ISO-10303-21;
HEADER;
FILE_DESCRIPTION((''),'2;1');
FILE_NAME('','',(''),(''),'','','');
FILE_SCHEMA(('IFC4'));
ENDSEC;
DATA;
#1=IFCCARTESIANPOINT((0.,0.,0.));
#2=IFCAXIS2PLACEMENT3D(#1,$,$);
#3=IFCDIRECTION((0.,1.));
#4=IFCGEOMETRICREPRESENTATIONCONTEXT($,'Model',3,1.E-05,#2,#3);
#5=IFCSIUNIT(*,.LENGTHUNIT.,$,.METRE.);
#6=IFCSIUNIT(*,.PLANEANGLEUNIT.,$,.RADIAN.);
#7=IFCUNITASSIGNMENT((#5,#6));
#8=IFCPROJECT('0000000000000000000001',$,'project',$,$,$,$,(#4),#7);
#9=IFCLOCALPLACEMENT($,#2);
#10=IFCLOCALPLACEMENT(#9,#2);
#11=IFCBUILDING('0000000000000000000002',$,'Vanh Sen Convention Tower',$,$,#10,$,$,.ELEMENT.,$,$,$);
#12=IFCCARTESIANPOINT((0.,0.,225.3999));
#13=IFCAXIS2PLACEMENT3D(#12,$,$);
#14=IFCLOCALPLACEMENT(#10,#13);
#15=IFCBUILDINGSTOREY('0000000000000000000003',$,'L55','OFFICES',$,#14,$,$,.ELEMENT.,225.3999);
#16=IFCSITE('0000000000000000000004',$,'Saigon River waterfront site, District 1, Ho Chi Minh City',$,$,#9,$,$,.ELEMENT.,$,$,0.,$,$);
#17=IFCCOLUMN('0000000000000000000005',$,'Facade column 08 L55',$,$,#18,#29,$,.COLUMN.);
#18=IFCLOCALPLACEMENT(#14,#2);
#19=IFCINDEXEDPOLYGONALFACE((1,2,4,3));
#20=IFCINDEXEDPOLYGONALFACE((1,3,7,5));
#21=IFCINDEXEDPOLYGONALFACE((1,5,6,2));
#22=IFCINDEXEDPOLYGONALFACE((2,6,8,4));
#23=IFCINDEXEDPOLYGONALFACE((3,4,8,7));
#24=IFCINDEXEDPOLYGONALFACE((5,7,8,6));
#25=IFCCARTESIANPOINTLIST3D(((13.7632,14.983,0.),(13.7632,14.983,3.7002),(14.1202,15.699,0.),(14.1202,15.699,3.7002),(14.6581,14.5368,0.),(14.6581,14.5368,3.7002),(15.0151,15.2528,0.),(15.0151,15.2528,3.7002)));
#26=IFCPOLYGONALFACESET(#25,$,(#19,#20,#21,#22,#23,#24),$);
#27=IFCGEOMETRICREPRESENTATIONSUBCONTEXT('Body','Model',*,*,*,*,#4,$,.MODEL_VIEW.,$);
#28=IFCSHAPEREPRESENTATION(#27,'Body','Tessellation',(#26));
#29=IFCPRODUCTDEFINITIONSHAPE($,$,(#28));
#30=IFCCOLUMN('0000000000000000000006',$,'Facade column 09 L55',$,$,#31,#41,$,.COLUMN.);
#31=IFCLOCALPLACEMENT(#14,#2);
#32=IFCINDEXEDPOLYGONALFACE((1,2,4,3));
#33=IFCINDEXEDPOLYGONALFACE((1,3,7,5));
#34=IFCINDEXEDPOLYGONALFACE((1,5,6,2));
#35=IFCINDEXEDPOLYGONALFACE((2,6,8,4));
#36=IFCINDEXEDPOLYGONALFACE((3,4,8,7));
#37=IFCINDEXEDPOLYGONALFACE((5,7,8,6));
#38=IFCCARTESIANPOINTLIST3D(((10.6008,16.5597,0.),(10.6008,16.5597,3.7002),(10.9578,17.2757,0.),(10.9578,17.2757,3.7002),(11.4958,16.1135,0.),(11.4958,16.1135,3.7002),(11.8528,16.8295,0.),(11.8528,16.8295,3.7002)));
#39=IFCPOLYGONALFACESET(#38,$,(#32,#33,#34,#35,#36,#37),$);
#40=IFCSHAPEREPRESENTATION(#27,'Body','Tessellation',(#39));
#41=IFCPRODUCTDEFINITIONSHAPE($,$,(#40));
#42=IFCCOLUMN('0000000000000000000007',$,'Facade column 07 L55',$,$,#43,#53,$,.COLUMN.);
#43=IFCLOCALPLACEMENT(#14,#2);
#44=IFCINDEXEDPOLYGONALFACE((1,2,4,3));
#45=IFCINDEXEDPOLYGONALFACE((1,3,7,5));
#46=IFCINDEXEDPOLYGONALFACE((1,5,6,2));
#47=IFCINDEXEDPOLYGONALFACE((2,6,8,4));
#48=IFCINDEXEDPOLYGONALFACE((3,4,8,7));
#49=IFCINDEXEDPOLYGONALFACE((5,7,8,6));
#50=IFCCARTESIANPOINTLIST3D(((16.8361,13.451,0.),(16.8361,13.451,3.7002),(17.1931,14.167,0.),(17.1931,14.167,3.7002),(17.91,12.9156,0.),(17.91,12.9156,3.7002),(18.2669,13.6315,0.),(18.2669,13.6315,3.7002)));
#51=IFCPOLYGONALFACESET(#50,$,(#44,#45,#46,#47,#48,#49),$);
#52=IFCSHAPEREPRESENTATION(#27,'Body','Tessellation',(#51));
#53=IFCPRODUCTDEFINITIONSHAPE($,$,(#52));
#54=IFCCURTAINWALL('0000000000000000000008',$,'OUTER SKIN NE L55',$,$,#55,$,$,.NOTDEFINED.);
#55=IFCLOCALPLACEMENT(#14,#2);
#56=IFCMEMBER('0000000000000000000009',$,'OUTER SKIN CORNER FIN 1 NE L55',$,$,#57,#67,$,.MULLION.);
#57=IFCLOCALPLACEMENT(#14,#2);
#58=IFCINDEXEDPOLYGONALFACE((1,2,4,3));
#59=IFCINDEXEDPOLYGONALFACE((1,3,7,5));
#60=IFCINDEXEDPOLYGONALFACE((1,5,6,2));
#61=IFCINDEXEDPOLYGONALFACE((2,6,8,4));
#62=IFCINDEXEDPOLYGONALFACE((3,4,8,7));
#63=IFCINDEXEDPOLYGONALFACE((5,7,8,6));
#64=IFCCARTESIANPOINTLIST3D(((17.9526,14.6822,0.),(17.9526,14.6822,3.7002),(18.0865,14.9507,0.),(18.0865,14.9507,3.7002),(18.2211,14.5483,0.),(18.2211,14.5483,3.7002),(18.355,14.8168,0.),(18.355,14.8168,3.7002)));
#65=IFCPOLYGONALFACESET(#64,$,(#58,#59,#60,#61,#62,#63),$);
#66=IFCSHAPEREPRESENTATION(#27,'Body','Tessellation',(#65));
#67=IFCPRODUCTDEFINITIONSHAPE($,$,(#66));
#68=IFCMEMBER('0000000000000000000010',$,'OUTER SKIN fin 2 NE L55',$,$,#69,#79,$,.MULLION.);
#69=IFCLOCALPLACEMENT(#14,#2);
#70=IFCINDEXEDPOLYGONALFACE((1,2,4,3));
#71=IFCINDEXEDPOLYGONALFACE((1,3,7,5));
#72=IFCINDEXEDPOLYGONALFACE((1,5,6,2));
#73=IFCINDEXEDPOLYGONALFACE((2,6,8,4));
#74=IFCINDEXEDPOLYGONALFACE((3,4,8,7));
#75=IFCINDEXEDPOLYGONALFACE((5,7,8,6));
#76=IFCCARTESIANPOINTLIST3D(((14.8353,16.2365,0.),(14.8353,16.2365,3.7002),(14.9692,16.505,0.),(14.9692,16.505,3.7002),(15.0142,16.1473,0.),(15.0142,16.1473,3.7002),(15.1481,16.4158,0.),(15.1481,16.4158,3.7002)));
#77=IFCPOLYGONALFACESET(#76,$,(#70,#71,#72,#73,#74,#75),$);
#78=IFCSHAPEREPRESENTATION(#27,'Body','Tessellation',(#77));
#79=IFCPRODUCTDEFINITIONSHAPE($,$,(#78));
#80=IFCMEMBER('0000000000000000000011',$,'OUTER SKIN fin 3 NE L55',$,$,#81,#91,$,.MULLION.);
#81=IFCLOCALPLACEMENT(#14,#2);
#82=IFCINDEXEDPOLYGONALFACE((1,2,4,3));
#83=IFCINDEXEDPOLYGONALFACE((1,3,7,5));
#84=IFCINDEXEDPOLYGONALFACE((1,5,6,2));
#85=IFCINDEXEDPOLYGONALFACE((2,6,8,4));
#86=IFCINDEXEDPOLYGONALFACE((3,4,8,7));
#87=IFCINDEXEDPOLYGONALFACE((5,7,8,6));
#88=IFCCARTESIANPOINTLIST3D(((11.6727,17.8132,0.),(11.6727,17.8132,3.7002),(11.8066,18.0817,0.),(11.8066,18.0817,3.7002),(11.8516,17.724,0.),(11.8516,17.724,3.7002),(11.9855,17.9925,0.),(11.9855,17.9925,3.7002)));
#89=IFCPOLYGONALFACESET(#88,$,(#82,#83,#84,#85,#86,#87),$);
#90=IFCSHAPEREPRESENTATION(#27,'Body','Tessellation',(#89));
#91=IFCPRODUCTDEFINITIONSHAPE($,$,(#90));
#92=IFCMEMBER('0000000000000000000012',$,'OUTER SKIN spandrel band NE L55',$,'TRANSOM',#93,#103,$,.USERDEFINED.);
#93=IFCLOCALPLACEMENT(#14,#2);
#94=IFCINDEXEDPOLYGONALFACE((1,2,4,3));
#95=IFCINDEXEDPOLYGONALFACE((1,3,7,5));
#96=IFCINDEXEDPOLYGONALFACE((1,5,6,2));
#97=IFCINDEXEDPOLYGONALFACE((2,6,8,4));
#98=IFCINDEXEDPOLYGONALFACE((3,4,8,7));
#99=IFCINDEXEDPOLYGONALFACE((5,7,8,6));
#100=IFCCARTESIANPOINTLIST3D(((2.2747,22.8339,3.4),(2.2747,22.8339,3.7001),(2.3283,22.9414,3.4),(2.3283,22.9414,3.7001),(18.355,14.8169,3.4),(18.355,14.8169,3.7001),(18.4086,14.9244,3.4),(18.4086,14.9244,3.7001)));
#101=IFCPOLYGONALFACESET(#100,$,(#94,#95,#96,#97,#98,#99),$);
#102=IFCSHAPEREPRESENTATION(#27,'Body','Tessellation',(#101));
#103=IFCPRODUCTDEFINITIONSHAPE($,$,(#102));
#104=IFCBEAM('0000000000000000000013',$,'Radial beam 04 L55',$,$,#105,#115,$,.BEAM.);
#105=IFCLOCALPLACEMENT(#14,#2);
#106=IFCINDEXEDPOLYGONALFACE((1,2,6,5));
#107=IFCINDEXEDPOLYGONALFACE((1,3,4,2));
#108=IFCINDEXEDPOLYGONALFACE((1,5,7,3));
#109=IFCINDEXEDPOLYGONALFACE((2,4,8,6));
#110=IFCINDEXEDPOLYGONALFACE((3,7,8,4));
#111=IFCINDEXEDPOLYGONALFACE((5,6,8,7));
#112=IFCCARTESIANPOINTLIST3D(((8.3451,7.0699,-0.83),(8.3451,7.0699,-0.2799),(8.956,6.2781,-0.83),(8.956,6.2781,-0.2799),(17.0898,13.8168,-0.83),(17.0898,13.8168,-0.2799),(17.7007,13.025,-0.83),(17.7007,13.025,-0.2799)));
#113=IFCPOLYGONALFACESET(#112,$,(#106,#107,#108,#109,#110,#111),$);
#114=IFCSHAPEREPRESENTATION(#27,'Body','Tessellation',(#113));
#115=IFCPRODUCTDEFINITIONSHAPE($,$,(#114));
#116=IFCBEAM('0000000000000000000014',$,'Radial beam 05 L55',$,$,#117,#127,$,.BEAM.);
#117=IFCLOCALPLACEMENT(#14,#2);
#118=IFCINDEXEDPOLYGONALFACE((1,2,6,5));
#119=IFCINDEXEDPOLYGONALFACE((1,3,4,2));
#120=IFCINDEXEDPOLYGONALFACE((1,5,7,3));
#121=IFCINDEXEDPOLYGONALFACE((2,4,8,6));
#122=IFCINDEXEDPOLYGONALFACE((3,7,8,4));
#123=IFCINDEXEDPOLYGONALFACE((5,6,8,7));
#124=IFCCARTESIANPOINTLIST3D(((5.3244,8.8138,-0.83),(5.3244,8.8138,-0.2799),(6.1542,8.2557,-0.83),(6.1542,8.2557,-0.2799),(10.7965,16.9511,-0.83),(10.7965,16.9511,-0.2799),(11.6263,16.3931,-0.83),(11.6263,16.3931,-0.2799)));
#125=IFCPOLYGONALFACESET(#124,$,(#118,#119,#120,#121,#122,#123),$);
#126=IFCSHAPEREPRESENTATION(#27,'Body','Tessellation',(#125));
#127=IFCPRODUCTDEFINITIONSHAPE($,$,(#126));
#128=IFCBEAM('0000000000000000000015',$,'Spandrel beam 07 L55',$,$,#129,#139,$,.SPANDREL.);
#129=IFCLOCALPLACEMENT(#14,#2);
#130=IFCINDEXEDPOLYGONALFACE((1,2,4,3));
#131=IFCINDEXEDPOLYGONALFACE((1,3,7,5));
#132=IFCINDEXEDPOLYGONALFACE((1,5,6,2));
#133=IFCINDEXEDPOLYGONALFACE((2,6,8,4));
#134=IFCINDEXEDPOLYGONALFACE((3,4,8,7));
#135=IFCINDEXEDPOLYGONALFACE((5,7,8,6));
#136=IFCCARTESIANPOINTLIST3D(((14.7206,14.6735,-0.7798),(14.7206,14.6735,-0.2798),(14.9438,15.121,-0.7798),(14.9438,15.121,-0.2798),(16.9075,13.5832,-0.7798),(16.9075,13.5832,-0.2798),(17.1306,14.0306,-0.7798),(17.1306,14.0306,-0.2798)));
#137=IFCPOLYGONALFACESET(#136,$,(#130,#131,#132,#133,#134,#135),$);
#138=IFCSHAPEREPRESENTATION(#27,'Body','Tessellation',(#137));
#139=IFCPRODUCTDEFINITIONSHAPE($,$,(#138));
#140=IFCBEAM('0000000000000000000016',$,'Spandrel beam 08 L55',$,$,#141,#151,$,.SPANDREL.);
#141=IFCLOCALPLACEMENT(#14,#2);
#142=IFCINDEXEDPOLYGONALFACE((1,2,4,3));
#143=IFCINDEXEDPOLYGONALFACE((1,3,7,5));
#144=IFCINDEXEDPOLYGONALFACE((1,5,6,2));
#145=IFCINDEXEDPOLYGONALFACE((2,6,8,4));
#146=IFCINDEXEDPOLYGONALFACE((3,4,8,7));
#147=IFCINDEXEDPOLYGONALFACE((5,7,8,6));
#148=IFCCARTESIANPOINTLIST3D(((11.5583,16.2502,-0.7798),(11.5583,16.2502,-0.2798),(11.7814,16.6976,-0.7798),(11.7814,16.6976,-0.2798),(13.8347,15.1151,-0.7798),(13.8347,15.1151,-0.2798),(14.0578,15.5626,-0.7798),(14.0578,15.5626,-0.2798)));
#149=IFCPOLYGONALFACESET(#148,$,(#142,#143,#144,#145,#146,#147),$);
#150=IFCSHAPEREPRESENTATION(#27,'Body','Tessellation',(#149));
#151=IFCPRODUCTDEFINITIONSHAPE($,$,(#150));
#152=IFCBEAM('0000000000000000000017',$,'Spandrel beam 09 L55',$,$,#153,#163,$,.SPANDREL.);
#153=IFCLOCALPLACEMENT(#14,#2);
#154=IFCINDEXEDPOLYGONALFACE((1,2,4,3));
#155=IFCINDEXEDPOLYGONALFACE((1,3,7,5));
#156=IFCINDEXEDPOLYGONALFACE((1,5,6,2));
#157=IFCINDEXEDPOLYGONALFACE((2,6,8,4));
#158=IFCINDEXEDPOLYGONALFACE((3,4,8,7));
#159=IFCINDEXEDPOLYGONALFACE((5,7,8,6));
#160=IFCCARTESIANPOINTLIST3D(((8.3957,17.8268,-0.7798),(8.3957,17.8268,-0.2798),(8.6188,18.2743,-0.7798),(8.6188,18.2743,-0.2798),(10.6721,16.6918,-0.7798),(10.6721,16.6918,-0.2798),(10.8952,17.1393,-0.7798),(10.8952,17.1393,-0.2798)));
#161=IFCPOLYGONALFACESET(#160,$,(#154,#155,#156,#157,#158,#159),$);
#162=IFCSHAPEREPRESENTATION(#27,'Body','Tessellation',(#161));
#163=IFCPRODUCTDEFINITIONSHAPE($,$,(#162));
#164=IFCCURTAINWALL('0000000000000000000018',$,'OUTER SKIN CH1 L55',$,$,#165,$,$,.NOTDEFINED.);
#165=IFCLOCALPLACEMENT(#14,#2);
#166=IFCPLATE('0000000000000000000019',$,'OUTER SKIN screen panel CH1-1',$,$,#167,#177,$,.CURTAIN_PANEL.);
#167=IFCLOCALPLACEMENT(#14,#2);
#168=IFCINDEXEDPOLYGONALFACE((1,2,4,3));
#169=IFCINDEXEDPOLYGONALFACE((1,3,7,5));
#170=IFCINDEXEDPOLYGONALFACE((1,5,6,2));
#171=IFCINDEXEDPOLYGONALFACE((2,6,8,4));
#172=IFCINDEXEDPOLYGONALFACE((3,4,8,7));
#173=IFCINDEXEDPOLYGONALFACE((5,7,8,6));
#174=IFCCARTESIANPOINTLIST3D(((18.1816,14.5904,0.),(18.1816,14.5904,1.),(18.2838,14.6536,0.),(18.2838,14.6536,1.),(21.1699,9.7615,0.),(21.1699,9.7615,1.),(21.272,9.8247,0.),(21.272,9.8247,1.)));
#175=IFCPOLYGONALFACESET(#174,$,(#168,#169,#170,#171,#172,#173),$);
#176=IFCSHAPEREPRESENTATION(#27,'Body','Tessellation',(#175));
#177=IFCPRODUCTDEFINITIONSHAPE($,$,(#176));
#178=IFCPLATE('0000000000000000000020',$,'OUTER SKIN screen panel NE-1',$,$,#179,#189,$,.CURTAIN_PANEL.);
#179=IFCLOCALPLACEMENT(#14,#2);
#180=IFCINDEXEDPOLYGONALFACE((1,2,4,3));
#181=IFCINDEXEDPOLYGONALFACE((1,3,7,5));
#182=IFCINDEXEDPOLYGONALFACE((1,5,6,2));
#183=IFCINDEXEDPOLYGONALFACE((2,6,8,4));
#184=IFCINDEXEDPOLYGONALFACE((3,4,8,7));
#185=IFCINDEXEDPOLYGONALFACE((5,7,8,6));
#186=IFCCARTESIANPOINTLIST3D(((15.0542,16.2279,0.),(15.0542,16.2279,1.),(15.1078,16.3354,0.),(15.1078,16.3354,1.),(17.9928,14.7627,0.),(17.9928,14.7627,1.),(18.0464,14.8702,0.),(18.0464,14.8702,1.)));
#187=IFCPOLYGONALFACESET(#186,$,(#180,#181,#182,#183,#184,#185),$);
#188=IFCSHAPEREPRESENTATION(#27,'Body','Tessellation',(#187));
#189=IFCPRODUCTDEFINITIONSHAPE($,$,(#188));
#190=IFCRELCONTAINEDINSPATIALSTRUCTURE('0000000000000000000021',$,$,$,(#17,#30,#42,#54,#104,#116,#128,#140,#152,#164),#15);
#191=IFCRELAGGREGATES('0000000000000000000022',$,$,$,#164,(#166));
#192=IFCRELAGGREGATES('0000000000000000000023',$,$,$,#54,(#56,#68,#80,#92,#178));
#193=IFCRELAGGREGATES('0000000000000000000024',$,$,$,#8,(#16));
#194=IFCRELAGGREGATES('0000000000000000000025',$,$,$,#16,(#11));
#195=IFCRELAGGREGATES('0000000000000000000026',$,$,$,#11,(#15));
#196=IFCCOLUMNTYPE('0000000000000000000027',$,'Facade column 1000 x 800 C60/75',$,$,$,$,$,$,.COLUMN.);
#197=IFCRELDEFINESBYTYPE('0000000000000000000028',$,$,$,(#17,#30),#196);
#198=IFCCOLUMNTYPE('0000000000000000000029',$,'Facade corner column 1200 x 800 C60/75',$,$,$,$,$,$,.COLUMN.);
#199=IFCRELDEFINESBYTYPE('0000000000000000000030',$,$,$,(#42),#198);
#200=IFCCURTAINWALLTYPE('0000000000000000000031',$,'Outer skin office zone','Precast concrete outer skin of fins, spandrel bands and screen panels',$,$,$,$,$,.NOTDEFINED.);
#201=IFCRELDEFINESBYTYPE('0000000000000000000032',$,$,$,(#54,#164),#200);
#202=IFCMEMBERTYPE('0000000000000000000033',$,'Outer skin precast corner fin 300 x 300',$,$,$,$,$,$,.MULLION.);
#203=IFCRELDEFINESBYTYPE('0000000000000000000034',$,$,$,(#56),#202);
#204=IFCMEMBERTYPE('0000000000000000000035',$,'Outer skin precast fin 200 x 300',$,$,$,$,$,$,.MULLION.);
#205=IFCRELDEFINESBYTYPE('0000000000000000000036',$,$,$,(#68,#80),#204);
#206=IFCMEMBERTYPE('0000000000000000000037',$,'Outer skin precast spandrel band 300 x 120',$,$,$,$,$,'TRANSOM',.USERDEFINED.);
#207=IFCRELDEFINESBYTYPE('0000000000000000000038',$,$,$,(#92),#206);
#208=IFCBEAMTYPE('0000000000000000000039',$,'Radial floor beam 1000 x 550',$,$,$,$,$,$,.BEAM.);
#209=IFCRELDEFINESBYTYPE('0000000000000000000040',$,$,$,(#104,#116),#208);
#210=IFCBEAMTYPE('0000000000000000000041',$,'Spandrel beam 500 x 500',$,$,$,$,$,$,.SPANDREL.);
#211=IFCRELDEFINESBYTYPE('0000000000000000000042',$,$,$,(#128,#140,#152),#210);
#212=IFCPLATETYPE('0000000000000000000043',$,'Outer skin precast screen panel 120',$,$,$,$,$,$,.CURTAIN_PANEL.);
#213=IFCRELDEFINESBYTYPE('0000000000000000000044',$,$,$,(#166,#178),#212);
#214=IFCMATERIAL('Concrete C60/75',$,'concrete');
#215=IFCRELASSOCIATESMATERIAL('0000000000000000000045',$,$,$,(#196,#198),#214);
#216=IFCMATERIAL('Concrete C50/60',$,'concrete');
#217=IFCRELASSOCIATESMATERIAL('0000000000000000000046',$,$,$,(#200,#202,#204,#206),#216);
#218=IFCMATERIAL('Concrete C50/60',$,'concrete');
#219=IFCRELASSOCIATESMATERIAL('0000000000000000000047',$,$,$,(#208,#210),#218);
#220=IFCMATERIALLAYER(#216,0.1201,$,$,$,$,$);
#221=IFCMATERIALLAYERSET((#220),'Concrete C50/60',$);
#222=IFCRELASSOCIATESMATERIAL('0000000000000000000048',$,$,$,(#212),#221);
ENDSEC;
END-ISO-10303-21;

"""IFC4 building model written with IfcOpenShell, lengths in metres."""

from ifc_helpers import new_model, si_unit, direction, frame, origin, origin_2d, place, context, subcontext, project, spatial, rectangle, extrude, material, layer, layer_set, material_profile, profile_set, type_object, element, aggregate, save


model = new_model("IFC4")

# Units and contexts
model_context = context("Model", 3, precision=1e-05, world=origin(), true_north=direction((0.0, 1.0)))
body_context = subcontext(model_context, "Body", "Model", "MODEL_VIEW")
ifc_project = project(units=[si_unit("LENGTHUNIT", "METRE"), si_unit("PLANEANGLEUNIT", "RADIAN")], contexts=[model_context])

# Site, building, storey
site_placement = place(None, origin())
site = spatial("IfcSite", under=ifc_project, at=site_placement, Name="Saigon River waterfront site, District 1, Ho Chi Minh City", CompositionType="ELEMENT", RefElevation=0.0)
building_placement = place(site_placement, origin())
building = spatial("IfcBuilding", under=site, at=building_placement, Name="Vanh Sen Convention Tower", CompositionType="ELEMENT")
storey_placement = place(building_placement, frame((0.0, 0.0, 225.3999)))
storey = spatial("IfcBuildingStorey", under=building, at=storey_placement, Name="L55", Description="OFFICES", CompositionType="ELEMENT", Elevation=225.3999)

# Columns
ifc_material_1 = material(Name="Concrete C60/75", Category="concrete")
ifc_material_profile_1 = material_profile(ifc_material_1, rectangle(XDim=1.0, YDim=0.8, at=origin_2d()), Name="RC 1000X800")
ifc_profile_set_1 = profile_set([ifc_material_profile_1], Name="Concrete C60/75")
column_type_1 = type_object("IfcColumnType", Name="Facade column 1000 x 800 C60/75", PredefinedType="COLUMN", material=ifc_profile_set_1)
for number, where, z_axis, x_axis, name in (
    (1, (14.3892, 15.1179, 0.0), (0.0, 0.0, 1.0), (-0.894934, 0.446198, 0.0), "Facade column 08 L55"),
    (2, (11.2268, 16.6946, 0.0), (0.0, 0.0, 1.0), (-0.894934, 0.446198, 0.0), "Facade column 09 L55"),
):
    element("IfcColumn", number, at=place(storey_placement, frame(where, z_axis=z_axis, x_axis=x_axis)), inside=storey, type_object=column_type_1, Name=name, PredefinedType="COLUMN", context=body_context, shape_type="SweptSolid", body=[
        extrude(rectangle(XDim=1.0, YDim=0.8, at=origin_2d()), origin(), (0.0, 0.0, 1.0), 3.7002),
    ])
ifc_material_profile_2 = material_profile(ifc_material_1, rectangle(XDim=1.2, YDim=0.8, at=origin_2d()), Name="RC 1200X800")
ifc_profile_set_2 = profile_set([ifc_material_profile_2], Name="Concrete C60/75")
column_type_2 = type_object("IfcColumnType", Name="Facade corner column 1200 x 800 C60/75", PredefinedType="COLUMN", material=ifc_profile_set_2)
column_placement = place(storey_placement, frame((17.5515, 13.5413, 0.0), z_axis=(0.0, 0.0, 1.0), x_axis=(-0.894934, 0.446198, 0.0)))
element("IfcColumn", 3, at=column_placement, inside=storey, type_object=column_type_2, Name="Facade column 07 L55", PredefinedType="COLUMN", context=body_context, shape_type="SweptSolid", body=[
    extrude(rectangle(XDim=1.2, YDim=0.8, at=origin_2d()), origin(), (0.0, 0.0, 1.0), 3.7002),
])

# Curtain wall, members
ifc_material_2 = material(Name="Concrete C50/60", Category="concrete")
curtain_wall_type = type_object("IfcCurtainWallType", Name="Outer skin office zone", Description="Precast concrete outer skin of fins, spandrel bands and screen panels", PredefinedType="NOTDEFINED", material=ifc_material_2)
curtain_wall_1_placement = place(storey_placement, origin())
curtain_wall_1 = element("IfcCurtainWall", 4, at=curtain_wall_1_placement, inside=storey, type_object=curtain_wall_type, Name="OUTER SKIN NE L55", PredefinedType="NOTDEFINED")
ifc_material_profile_3 = material_profile(ifc_material_2, rectangle(XDim=0.3, YDim=0.3, at=origin_2d()), Name="Outer skin precast corner fin 300 x 300")
ifc_profile_set_3 = profile_set([ifc_material_profile_3], Name="Concrete C50/60")
member_type_1 = type_object("IfcMemberType", Name="Outer skin precast corner fin 300 x 300", PredefinedType="MULLION", material=ifc_profile_set_3)
member_1_placement = place(storey_placement, frame((18.1538, 14.7495, 0.0), z_axis=(0.0, 0.0, 1.0), x_axis=(-0.894934, 0.446198, 0.0)))
member_1 = element("IfcMember", 5, at=member_1_placement, type_object=member_type_1, Name="OUTER SKIN CORNER FIN 1 NE L55", PredefinedType="MULLION", context=body_context, shape_type="SweptSolid", body=[
    extrude(rectangle(XDim=0.3, YDim=0.3, at=origin_2d()), origin(), (0.0, 0.0, 1.0), 3.7002),
])
ifc_material_profile_4 = material_profile(ifc_material_2, rectangle(XDim=0.2, YDim=0.3, at=origin_2d()), Name="Outer skin precast fin 200 x 300")
ifc_profile_set_4 = profile_set([ifc_material_profile_4], Name="Concrete C50/60")
member_type_2 = type_object("IfcMemberType", Name="Outer skin precast fin 200 x 300", PredefinedType="MULLION", material=ifc_profile_set_4)
member_2_placement = place(storey_placement, frame((14.9917, 16.3262, 0.0), z_axis=(0.0, 0.0, 1.0), x_axis=(-0.894934, 0.446198, 0.0)))
member_2 = element("IfcMember", 6, at=member_2_placement, type_object=member_type_2, Name="OUTER SKIN fin 2 NE L55", PredefinedType="MULLION", context=body_context, shape_type="SweptSolid", body=[
    extrude(rectangle(XDim=0.2, YDim=0.3, at=origin_2d()), origin(), (0.0, 0.0, 1.0), 3.7002),
])
member_3_placement = place(storey_placement, frame((11.8291, 17.9028, 0.0), z_axis=(0.0, 0.0, 1.0), x_axis=(-0.894934, 0.446198, 0.0)))
member_3 = element("IfcMember", 7, at=member_3_placement, type_object=member_type_2, Name="OUTER SKIN fin 3 NE L55", PredefinedType="MULLION", context=body_context, shape_type="SweptSolid", body=[
    extrude(rectangle(XDim=0.2, YDim=0.3, at=origin_2d()), origin(), (0.0, 0.0, 1.0), 3.7002),
])
ifc_material_profile_5 = material_profile(ifc_material_2, rectangle(XDim=0.1201, YDim=0.3, at=origin_2d()), Name="Outer skin precast spandrel band 300 x 120")
ifc_profile_set_5 = profile_set([ifc_material_profile_5], Name="Concrete C50/60")
member_type_3 = type_object("IfcMemberType", Name="Outer skin precast spandrel band 300 x 120", ElementType="TRANSOM", PredefinedType="USERDEFINED", material=ifc_profile_set_5)
member_4_placement = place(storey_placement, frame((18.3818, 14.8706, 3.55), z_axis=(-0.89494, 0.446186, 0.0), x_axis=(-0.446186, -0.89494, 0.0)))
member_4 = element("IfcMember", 8, at=member_4_placement, type_object=member_type_3, Name="OUTER SKIN spandrel band NE L55", ObjectType="TRANSOM", PredefinedType="USERDEFINED", context=body_context, shape_type="SweptSolid", body=[
    extrude(rectangle(XDim=0.1201, YDim=0.3, at=origin_2d()), origin(), (0.0, 0.0, 1.0), 17.968),
])

# Beams
ifc_material_3 = material(Name="Concrete C50/60", Category="concrete")
ifc_material_profile_6 = material_profile(ifc_material_3, rectangle(XDim=1.0, YDim=0.55, at=origin_2d()), Name="RC 1000X550")
ifc_profile_set_6 = profile_set([ifc_material_profile_6], Name="Concrete C50/60")
beam_type_1 = type_object("IfcBeamType", Name="Radial floor beam 1000 x 550", PredefinedType="BEAM", material=ifc_profile_set_6)
beam_1_placement = place(storey_placement, frame((17.3953, 13.4209, -0.5549), z_axis=(-0.79174, -0.610858, 0.0), x_axis=(0.610858, -0.79174, 0.0)))
element("IfcBeam", 9, at=beam_1_placement, inside=storey, type_object=beam_type_1, Name="Radial beam 04 L55", PredefinedType="BEAM", context=body_context, shape_type="SweptSolid", body=[
    extrude(rectangle(XDim=1.0, YDim=0.55, at=origin_2d()), origin(), (0.0, 0.0, 1.0), 11.0449),
])
beam_2_placement = place(storey_placement, frame((11.2114, 16.6721, -0.5549), z_axis=(-0.558028, -0.829822, 0.0), x_axis=(0.829822, -0.558028, 0.0)))
element("IfcBeam", 10, at=beam_2_placement, inside=storey, type_object=beam_type_1, Name="Radial beam 05 L55", PredefinedType="BEAM", context=body_context, shape_type="SweptSolid", body=[
    extrude(rectangle(XDim=1.0, YDim=0.55, at=origin_2d()), origin(), (0.0, 0.0, 1.0), 9.8062),
])
ifc_material_profile_7 = material_profile(ifc_material_3, rectangle(XDim=0.5, YDim=0.5, at=origin_2d()), Name="RC 500X500")
ifc_profile_set_7 = profile_set([ifc_material_profile_7], Name="Concrete C50/60")
beam_type_2 = type_object("IfcBeamType", Name="Spandrel beam 500 x 500", PredefinedType="SPANDREL", material=ifc_profile_set_7)
beam_3_placement = place(storey_placement, frame((17.019, 13.8069, -0.5298), z_axis=(-0.894926, 0.446214, 0.0), x_axis=(-0.446214, -0.894926, 0.0)))
element("IfcBeam", 11, at=beam_3_placement, inside=storey, type_object=beam_type_2, Name="Spandrel beam 07 L55", PredefinedType="SPANDREL", context=body_context, shape_type="SweptSolid", body=[
    extrude(rectangle(XDim=0.5, YDim=0.5, at=origin_2d()), origin(), (0.0, 0.0, 1.0), 2.4436),
])
for number, where, z_axis, x_axis, name in (
    (12, (13.9463, 15.3389, -0.5298), (-0.894926, 0.446215, 0.0), (-0.446215, -0.894926, 0.0), "Spandrel beam 08 L55"),
    (13, (10.7837, 16.9155, -0.5298), (-0.894926, 0.446215, 0.0), (-0.446215, -0.894926, 0.0), "Spandrel beam 09 L55"),
):
    element("IfcBeam", number, at=place(storey_placement, frame(where, z_axis=z_axis, x_axis=x_axis)), inside=storey, type_object=beam_type_2, Name=name, PredefinedType="SPANDREL", context=body_context, shape_type="SweptSolid", body=[
        extrude(rectangle(XDim=0.5, YDim=0.5, at=origin_2d()), origin(), (0.0, 0.0, 1.0), 2.5437),
    ])

# Curtain wall, plate
curtain_wall_2_placement = place(storey_placement, origin())
curtain_wall_2 = element("IfcCurtainWall", 14, at=curtain_wall_2_placement, inside=storey, type_object=curtain_wall_type, Name="OUTER SKIN CH1 L55", PredefinedType="NOTDEFINED")
ifc_layer_1 = layer(ifc_material_2, 0.1201)
ifc_layer_set_1 = layer_set([ifc_layer_1], Name="Concrete C50/60")
plate_type = type_object("IfcPlateType", Name="Outer skin precast screen panel 120", PredefinedType="CURTAIN_PANEL", material=ifc_layer_set_1)
plate_1_placement = place(storey_placement, frame((19.7268, 12.2075, 0.0), z_axis=(0.0, 0.0, 1.0), x_axis=(-0.526217, 0.85035, 0.0)))
plate_1 = element("IfcPlate", 15, at=plate_1_placement, type_object=plate_type, Name="OUTER SKIN screen panel CH1-1", PredefinedType="CURTAIN_PANEL", context=body_context, shape_type="SweptSolid", body=[
    extrude(rectangle(XDim=5.6787, YDim=0.1201, at=origin_2d()), origin(), (0.0, 0.0, 1.0), 1.0),
])
aggregate(curtain_wall_2, [plate_1])

# Plate
plate_2_placement = place(storey_placement, frame((16.5503, 15.5491, 0.0), z_axis=(0.0, 0.0, 1.0), x_axis=(-0.89493, 0.446206, 0.0)))
plate_2 = element("IfcPlate", 16, at=plate_2_placement, type_object=plate_type, Name="OUTER SKIN screen panel NE-1", PredefinedType="CURTAIN_PANEL", context=body_context, shape_type="SweptSolid", body=[
    extrude(rectangle(XDim=3.2837, YDim=0.1201, at=origin_2d()), origin(), (0.0, 0.0, 1.0), 1.0),
])
aggregate(curtain_wall_1, [member_1, member_2, member_3, member_4, plate_2])

save(model, "model.ifc")
